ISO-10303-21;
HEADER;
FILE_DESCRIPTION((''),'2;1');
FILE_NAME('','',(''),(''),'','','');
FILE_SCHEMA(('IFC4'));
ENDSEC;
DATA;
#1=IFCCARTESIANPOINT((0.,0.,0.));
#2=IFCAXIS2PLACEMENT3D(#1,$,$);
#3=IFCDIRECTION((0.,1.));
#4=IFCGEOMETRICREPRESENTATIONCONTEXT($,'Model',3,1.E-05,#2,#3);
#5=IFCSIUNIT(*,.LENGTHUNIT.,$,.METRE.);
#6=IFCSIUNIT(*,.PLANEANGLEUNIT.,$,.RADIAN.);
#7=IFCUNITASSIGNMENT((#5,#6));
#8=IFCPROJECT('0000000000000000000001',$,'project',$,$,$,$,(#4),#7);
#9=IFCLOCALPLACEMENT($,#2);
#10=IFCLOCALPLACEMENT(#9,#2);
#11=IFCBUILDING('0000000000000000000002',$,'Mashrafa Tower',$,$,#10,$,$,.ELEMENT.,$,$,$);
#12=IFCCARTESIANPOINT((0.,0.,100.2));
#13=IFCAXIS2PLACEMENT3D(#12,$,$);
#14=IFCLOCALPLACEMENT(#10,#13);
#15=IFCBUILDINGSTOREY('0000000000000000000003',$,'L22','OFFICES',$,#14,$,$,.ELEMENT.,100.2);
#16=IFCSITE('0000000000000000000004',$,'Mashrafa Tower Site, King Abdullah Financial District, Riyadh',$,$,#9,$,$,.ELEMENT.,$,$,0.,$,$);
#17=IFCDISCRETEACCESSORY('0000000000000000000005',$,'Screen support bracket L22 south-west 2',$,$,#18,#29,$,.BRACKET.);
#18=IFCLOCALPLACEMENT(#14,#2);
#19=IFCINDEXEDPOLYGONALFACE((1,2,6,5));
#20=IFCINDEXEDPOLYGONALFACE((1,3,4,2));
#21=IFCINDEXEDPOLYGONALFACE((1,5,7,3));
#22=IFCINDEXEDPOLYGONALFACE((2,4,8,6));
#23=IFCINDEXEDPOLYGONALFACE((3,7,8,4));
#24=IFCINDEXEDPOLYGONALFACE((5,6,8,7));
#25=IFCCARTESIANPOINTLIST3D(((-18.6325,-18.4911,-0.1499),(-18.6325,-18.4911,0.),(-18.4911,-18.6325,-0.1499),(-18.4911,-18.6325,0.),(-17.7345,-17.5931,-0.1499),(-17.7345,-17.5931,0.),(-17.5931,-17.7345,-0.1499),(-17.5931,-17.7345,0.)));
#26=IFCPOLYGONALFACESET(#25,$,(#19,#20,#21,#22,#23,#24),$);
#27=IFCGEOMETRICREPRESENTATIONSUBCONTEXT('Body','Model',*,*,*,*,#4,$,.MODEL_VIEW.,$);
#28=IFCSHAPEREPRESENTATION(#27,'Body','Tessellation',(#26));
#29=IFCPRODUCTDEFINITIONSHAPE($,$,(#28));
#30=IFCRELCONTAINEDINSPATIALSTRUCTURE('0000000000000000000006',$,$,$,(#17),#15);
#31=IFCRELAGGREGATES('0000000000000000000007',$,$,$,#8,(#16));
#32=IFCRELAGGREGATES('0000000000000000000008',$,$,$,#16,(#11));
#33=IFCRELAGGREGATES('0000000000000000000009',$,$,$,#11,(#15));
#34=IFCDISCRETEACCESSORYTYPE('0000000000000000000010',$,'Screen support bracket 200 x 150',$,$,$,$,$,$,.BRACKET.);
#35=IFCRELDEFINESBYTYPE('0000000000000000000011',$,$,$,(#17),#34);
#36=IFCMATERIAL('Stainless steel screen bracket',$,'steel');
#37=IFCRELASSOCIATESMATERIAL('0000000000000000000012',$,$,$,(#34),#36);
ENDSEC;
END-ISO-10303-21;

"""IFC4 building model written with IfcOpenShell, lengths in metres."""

from ifc_helpers import new_model, si_unit, direction, frame, origin, origin_2d, place, context, subcontext, project, spatial, rectangle, extrude, source, transform, mapped, material, type_object, type_shapes, element, save


model = new_model("IFC4")

# Units and contexts
model_context = context("Model", 3, precision=1e-05, world=origin(), true_north=direction((0.0, 1.0)))
body_context = subcontext(model_context, "Body", "Model", "MODEL_VIEW")
ifc_project = project(units=[si_unit("LENGTHUNIT", "METRE"), si_unit("PLANEANGLEUNIT", "RADIAN")], contexts=[model_context])

# Site, building, storey
site_placement = place(None, origin())
site = spatial("IfcSite", under=ifc_project, at=site_placement, Name="Mashrafa Tower Site, King Abdullah Financial District, Riyadh", CompositionType="ELEMENT", RefElevation=0.0)
building_placement = place(site_placement, origin())
building = spatial("IfcBuilding", under=site, at=building_placement, Name="Mashrafa Tower", CompositionType="ELEMENT")
storey_placement = place(building_placement, frame((0.0, 0.0, 100.2)))
storey = spatial("IfcBuildingStorey", under=building, at=storey_placement, Name="L22", Description="OFFICES", CompositionType="ELEMENT", Elevation=100.2)

# Discrete accessory
ifc_material_1 = material(Name="Stainless steel screen bracket", Category="steel")
discrete_accessory_type = type_object("IfcDiscreteAccessoryType", Name="Screen support bracket 200 x 150", PredefinedType="BRACKET", material=ifc_material_1)
shared_shape_1 = source(origin(), body_context, "Body", "SweptSolid", [
    extrude(rectangle(XDim=0.2, YDim=1.27, at=origin_2d()), origin(), (0.0, 0.0, 1.0), 0.1499),
])
type_shapes(discrete_accessory_type, [shared_shape_1])
for number, where, z_axis, x_axis, name in (
    (1, (-18.1128, -18.1128, -0.1499), (0.0, 0.0, 1.0), (0.707107, -0.707107, 0.0), "Screen support bracket L22 south-west 2"),
):
    element("IfcDiscreteAccessory", number, at=place(storey_placement, frame(where, z_axis=z_axis, x_axis=x_axis)), inside=storey, type_object=discrete_accessory_type, Name=name, PredefinedType="BRACKET", context=body_context, shape_type="MappedRepresentation", body=[
        mapped(shared_shape_1, transform((0.0, 0.0, 0.0))),
    ])

save(model, "model.ifc")
